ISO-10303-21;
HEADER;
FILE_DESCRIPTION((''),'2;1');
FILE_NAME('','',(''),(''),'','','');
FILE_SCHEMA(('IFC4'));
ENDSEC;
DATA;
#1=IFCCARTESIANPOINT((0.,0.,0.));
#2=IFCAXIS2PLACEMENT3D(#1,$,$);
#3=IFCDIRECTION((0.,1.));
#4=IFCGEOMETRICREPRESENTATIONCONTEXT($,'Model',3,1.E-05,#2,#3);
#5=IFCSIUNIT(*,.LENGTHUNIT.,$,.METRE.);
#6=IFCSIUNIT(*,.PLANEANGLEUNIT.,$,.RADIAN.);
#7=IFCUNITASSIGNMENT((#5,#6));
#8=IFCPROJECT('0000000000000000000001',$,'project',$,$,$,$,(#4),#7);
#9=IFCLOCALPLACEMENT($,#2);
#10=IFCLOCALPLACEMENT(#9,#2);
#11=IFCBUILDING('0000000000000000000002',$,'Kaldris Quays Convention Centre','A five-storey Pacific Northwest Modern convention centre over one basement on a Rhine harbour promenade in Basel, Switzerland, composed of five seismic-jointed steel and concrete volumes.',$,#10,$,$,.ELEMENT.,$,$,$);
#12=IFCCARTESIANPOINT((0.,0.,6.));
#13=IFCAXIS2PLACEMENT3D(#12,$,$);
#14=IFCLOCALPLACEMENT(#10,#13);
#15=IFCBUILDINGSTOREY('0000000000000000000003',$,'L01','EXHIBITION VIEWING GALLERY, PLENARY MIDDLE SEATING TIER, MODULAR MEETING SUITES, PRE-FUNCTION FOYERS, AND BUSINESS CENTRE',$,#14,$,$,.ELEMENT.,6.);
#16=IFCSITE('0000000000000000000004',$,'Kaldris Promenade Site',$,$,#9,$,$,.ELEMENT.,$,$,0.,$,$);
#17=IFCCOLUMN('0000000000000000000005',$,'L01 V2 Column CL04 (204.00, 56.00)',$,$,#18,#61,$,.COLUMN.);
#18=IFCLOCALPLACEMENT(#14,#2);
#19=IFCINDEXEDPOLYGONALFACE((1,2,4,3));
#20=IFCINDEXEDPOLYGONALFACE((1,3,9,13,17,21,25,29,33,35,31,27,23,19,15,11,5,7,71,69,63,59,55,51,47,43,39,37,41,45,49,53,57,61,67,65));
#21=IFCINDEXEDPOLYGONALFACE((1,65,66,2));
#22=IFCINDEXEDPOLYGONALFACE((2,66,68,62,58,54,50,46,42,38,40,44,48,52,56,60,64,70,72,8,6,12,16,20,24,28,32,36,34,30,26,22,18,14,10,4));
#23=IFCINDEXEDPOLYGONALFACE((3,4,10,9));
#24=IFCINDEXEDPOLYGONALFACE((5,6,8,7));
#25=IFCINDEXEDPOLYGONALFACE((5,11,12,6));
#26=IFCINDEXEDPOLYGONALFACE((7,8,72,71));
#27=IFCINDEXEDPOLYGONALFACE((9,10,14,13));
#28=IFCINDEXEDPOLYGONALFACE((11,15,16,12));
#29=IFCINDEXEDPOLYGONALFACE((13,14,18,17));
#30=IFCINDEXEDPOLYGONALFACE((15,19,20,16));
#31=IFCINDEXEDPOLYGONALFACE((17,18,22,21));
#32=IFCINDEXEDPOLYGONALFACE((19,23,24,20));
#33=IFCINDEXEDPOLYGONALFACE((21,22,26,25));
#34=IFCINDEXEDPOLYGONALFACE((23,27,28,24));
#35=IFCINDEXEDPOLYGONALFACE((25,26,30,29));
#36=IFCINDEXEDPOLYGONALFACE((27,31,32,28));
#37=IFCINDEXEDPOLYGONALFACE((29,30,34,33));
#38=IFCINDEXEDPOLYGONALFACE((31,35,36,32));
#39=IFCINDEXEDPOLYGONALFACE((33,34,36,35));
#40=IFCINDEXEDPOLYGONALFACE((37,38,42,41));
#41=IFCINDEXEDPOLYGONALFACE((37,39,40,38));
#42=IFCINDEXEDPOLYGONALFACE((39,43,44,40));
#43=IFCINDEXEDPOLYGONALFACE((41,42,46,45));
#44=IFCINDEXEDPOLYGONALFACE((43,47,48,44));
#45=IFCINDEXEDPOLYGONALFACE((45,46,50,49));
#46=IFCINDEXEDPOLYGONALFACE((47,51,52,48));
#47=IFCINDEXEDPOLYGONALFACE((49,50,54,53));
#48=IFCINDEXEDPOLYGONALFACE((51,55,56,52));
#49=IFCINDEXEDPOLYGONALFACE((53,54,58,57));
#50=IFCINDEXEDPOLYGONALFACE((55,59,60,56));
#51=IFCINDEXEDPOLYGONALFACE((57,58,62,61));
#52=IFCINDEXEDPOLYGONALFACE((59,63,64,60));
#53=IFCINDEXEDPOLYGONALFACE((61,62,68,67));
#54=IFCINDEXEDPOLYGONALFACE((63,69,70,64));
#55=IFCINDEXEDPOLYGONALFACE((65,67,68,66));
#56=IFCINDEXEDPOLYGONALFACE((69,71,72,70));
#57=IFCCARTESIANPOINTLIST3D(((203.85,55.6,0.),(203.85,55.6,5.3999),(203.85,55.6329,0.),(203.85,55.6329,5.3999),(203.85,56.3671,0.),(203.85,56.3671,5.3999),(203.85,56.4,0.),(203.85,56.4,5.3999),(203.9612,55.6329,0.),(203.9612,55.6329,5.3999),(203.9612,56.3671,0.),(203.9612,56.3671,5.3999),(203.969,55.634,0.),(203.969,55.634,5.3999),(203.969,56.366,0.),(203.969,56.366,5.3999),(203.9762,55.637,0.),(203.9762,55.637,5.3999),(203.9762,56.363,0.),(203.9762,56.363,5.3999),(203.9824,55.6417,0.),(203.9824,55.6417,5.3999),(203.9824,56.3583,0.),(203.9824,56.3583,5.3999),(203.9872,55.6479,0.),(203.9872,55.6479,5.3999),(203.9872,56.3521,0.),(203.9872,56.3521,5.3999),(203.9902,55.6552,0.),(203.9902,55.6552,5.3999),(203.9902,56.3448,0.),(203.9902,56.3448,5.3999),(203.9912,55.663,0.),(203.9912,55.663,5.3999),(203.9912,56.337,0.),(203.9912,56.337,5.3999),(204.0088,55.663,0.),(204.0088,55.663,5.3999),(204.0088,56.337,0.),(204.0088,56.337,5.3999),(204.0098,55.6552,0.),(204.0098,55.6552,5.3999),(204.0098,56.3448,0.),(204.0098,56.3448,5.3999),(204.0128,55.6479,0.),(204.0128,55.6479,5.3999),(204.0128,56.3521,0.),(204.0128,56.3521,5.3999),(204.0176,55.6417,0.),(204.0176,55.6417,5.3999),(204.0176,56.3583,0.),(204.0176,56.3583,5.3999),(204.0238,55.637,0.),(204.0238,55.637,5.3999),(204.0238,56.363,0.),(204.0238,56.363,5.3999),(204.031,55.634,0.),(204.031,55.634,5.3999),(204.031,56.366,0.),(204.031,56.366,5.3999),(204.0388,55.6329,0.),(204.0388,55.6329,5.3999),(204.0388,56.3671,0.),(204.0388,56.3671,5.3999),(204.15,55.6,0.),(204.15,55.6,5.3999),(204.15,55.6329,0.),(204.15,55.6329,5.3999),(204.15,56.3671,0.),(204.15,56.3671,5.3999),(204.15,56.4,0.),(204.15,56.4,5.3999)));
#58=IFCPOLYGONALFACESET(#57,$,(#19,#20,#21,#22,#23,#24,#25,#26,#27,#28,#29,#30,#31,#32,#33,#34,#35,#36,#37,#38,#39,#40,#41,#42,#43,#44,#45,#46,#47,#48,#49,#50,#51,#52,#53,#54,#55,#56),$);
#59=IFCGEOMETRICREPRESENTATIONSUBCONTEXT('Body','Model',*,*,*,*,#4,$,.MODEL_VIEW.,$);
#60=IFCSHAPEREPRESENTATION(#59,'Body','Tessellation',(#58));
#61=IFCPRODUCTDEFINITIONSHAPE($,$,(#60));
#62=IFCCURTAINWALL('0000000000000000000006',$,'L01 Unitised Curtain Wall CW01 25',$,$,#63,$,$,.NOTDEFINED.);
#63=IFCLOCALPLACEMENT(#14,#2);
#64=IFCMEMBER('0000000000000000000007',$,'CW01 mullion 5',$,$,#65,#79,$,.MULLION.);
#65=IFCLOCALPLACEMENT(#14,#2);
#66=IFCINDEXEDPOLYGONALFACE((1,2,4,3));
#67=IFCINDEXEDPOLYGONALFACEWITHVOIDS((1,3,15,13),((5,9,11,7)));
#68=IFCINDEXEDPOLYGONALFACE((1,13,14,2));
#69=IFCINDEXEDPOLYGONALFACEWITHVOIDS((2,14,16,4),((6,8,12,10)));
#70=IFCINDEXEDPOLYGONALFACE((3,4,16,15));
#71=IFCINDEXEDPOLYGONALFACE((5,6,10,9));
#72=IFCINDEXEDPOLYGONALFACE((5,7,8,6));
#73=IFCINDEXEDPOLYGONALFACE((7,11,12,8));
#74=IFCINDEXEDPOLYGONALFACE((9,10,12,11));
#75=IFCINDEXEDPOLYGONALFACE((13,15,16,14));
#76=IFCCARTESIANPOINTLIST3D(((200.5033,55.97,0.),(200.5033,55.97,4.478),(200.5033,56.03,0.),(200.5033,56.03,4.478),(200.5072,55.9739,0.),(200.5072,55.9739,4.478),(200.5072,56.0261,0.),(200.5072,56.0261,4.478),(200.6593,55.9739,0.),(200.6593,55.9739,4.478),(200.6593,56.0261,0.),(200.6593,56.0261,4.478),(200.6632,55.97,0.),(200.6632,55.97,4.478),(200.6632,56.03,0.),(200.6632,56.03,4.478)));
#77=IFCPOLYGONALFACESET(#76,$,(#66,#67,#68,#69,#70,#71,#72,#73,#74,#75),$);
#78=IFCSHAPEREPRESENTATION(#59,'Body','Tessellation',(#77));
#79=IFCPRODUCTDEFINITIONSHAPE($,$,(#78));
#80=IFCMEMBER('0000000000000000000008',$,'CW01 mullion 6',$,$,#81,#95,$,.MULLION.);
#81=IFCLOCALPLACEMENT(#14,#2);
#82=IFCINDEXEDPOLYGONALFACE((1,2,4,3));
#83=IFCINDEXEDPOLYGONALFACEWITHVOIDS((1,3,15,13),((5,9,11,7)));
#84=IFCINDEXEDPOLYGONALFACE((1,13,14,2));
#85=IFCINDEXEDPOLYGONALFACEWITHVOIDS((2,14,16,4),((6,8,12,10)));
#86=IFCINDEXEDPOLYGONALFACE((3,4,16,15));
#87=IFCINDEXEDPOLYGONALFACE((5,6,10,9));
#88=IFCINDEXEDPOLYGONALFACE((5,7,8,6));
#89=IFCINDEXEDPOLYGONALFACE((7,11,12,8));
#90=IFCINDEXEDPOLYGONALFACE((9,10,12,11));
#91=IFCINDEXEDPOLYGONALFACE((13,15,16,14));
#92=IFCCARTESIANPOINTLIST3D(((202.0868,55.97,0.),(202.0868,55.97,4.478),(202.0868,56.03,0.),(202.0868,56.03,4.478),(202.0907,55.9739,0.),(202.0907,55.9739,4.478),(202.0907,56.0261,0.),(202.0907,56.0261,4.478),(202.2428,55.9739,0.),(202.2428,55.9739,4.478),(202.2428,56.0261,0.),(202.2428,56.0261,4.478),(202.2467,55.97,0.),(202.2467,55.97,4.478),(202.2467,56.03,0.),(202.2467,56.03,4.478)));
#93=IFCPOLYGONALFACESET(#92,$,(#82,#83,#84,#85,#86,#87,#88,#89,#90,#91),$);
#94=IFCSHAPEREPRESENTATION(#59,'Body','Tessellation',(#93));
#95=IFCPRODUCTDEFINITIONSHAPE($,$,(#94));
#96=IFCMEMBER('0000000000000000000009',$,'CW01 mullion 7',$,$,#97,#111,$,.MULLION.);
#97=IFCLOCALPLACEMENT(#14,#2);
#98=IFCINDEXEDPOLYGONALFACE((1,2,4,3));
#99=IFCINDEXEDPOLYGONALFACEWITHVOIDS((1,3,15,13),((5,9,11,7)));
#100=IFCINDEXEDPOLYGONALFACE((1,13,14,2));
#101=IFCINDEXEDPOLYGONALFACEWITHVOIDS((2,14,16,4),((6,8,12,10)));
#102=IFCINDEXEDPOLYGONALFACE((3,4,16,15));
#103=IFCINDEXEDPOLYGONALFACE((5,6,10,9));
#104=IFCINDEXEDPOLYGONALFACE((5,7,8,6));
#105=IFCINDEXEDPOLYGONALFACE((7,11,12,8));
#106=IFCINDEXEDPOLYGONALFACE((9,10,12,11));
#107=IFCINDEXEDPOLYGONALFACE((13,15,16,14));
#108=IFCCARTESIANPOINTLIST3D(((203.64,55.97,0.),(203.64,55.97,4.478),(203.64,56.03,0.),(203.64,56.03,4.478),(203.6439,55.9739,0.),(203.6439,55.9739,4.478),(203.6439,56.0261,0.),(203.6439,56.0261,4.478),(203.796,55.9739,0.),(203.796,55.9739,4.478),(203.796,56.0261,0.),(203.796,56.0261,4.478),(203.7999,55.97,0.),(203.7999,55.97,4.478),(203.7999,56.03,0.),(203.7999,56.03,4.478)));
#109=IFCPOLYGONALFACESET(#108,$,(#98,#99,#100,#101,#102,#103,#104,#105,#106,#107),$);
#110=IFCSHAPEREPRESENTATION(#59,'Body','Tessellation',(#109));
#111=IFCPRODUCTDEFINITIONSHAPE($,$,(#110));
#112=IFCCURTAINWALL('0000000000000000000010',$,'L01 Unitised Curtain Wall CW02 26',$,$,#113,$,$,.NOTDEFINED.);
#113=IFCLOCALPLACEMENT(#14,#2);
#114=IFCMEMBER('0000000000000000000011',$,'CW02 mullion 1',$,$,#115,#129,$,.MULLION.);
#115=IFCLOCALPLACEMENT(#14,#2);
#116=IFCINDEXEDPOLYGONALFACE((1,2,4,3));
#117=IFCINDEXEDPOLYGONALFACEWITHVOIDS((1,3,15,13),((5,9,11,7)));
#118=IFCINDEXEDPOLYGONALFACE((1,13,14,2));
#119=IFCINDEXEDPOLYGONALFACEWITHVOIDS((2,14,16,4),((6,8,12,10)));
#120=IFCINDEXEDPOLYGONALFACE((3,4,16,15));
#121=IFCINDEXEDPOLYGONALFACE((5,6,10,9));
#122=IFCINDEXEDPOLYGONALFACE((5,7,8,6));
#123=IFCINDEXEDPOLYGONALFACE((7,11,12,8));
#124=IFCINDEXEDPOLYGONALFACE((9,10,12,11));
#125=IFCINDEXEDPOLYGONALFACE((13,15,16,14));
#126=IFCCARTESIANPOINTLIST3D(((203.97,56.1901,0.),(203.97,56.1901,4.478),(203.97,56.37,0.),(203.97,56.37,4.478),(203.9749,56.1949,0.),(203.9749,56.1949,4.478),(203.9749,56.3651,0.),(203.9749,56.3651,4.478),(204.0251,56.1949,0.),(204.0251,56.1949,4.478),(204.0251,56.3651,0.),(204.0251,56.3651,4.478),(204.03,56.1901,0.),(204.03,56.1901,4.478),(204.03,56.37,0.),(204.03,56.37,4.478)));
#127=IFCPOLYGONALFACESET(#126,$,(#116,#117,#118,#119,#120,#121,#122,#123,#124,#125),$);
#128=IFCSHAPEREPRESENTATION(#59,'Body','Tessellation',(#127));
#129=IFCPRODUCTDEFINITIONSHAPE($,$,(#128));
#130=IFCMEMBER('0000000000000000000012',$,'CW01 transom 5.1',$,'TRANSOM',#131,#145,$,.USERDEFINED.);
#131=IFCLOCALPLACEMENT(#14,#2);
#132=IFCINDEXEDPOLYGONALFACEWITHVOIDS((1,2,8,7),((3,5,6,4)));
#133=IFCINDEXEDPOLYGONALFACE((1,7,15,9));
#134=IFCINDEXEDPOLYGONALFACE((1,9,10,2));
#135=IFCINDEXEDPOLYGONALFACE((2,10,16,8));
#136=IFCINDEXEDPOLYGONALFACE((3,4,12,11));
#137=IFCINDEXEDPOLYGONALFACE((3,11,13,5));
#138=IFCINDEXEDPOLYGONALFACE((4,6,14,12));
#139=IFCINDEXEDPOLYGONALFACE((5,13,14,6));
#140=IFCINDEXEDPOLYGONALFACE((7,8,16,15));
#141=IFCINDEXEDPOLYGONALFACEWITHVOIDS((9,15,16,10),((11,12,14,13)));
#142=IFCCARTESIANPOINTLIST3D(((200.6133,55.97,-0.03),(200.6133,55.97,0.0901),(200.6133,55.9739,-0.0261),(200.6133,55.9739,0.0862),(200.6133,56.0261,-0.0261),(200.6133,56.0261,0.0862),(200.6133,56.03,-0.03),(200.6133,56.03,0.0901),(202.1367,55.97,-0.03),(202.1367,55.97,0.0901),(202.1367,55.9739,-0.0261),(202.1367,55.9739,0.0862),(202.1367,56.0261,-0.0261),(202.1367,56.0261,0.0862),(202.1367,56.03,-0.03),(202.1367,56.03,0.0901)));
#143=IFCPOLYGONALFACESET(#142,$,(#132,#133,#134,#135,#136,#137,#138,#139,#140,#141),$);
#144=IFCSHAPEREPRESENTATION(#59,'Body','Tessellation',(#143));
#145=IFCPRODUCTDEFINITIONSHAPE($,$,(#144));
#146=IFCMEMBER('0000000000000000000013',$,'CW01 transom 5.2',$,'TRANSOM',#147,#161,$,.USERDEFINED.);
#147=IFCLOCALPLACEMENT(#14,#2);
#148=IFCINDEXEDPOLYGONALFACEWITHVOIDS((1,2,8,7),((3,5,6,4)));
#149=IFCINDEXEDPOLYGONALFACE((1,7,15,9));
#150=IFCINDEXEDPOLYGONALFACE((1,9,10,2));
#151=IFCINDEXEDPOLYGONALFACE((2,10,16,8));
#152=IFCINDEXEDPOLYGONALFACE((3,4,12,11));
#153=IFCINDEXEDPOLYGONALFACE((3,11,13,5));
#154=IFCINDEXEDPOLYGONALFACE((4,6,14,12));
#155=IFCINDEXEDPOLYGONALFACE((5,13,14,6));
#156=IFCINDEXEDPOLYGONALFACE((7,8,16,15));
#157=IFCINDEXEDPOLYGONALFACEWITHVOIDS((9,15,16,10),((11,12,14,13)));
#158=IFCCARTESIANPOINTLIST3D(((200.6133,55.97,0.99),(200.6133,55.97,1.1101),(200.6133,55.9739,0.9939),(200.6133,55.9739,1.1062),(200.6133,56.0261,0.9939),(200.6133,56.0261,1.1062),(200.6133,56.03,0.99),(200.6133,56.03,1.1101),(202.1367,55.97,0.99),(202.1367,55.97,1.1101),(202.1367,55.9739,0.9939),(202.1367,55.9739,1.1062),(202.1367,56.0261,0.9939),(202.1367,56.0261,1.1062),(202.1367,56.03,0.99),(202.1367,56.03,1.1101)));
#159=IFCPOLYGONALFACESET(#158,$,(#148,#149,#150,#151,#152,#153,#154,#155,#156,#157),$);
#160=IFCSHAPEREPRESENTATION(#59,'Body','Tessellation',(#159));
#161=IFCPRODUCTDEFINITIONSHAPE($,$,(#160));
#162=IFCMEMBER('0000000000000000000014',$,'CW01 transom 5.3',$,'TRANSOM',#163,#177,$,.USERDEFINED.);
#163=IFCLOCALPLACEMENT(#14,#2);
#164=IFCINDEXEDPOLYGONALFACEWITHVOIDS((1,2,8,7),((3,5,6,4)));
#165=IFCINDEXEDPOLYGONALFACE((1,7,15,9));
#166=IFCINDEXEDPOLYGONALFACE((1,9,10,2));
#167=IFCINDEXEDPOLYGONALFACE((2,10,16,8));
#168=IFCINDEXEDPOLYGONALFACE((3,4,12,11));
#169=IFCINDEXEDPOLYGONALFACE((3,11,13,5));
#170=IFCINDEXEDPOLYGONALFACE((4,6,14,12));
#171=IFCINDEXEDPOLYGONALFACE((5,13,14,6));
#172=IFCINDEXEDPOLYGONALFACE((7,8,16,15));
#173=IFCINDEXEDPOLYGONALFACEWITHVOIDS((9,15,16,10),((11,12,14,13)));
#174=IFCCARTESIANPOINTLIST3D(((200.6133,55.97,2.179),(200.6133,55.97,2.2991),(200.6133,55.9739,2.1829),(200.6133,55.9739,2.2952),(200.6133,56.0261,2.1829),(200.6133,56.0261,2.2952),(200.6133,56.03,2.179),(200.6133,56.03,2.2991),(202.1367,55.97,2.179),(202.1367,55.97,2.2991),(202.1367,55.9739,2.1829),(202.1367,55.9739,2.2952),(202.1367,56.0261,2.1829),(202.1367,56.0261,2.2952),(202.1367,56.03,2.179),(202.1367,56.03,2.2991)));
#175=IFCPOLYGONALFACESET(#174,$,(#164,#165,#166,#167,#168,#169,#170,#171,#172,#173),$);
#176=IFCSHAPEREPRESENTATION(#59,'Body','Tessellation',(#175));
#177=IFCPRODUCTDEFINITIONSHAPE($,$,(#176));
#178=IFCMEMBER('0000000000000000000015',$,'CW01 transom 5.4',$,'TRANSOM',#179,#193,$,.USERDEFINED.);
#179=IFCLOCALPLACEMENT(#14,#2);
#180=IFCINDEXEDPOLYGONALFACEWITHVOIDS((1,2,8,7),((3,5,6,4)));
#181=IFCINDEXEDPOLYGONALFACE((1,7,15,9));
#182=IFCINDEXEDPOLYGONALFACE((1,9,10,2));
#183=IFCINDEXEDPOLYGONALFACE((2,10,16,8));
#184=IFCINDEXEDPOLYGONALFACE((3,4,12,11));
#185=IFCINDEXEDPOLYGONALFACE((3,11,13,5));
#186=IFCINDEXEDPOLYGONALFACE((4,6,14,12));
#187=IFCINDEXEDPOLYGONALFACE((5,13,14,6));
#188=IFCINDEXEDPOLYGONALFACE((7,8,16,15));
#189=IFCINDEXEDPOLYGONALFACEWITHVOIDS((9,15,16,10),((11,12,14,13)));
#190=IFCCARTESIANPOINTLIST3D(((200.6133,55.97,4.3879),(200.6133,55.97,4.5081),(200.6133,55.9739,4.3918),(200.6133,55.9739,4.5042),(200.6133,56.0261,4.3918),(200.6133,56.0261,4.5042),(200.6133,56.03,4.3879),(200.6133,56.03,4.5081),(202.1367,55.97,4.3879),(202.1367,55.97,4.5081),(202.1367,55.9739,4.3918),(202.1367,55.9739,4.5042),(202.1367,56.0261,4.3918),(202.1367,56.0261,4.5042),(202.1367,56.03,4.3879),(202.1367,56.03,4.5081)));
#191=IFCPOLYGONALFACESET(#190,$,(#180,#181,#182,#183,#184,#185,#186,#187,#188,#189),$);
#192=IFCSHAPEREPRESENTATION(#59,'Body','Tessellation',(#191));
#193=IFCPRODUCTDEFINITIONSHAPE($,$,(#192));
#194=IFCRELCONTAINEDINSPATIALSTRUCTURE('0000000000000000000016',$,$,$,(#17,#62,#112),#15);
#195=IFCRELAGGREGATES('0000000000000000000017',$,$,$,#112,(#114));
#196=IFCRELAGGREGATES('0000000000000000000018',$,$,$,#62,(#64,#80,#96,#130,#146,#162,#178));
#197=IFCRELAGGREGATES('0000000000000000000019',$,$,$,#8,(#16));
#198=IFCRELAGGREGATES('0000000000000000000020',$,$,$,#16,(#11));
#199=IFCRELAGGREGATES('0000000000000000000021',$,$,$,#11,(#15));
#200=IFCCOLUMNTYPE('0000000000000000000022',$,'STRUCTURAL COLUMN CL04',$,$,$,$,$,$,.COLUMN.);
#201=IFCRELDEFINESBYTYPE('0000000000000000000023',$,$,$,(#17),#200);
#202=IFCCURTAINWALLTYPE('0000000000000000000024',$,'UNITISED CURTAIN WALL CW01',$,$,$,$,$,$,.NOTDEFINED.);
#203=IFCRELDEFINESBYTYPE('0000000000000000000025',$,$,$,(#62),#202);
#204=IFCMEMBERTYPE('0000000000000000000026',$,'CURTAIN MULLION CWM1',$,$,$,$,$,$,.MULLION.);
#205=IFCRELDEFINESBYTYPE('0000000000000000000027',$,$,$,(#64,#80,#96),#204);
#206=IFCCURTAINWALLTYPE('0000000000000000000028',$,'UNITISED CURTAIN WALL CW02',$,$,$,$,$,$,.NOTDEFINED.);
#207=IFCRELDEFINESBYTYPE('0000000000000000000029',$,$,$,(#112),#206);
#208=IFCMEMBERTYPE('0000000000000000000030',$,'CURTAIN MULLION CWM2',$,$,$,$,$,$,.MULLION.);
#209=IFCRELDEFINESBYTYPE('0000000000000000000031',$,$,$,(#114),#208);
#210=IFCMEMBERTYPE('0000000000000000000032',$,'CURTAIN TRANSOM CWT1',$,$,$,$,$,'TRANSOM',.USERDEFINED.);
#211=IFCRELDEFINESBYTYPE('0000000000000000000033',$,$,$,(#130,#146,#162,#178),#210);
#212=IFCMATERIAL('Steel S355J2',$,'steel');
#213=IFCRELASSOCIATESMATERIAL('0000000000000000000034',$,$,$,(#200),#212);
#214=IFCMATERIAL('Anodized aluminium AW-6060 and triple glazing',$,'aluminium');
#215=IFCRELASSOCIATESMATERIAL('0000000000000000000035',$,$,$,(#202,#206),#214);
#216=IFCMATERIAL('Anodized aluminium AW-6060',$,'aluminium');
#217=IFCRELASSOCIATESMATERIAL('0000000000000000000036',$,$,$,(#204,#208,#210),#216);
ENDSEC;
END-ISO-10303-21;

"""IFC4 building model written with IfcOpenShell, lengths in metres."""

from ifc_helpers import new_model, si_unit, direction, frame, origin, origin_2d, place, context, subcontext, project, spatial, hollow_rectangle, i_section, extrude, material, material_profile, profile_set, type_object, element, aggregate, save


model = new_model("IFC4")

# Units and contexts
model_context = context("Model", 3, precision=1e-05, world=origin(), true_north=direction((0.0, 1.0)))
body_context = subcontext(model_context, "Body", "Model", "MODEL_VIEW")
ifc_project = project(units=[si_unit("LENGTHUNIT", "METRE"), si_unit("PLANEANGLEUNIT", "RADIAN")], contexts=[model_context])

# Site, building, storey
site_placement = place(None, origin())
site = spatial("IfcSite", under=ifc_project, at=site_placement, Name="Kaldris Promenade Site", CompositionType="ELEMENT", RefElevation=0.0)
building_placement = place(site_placement, origin())
building = spatial("IfcBuilding", under=site, at=building_placement, Name="Kaldris Quays Convention Centre", Description="A five-storey Pacific Northwest Modern convention centre over one basement on a Rhine harbour promenade in Basel, Switzerland, composed of five seismic-jointed steel and concrete volumes.", CompositionType="ELEMENT")
storey_placement = place(building_placement, frame((0.0, 0.0, 6.0)))
storey = spatial("IfcBuildingStorey", under=building, at=storey_placement, Name="L01", Description="EXHIBITION VIEWING GALLERY, PLENARY MIDDLE SEATING TIER, MODULAR MEETING SUITES, PRE-FUNCTION FOYERS, AND BUSINESS CENTRE", CompositionType="ELEMENT", Elevation=6.0)

# Column
ifc_material_1 = material(Name="Steel S355J2", Category="steel")
ifc_material_profile_1 = material_profile(ifc_material_1, i_section(OverallWidth=0.3, OverallDepth=0.8, WebThickness=0.0176, FlangeThickness=0.033, FilletRadius=0.03, at=origin_2d()), Name="HEB 800")
ifc_profile_set_1 = profile_set([ifc_material_profile_1], Name="Steel S355J2")
column_type = type_object("IfcColumnType", Name="STRUCTURAL COLUMN CL04", PredefinedType="COLUMN", material=ifc_profile_set_1)
column_placement = place(storey_placement, frame((204.0, 56.0, 0.0), z_axis=(0.0, 0.0, 1.0), x_axis=(1.0, 0.0, 0.0)))
element("IfcColumn", 1, at=column_placement, inside=storey, type_object=column_type, Name="L01 V2 Column CL04 (204.00, 56.00)", PredefinedType="COLUMN", context=body_context, shape_type="SweptSolid", body=[
    extrude(i_section(OverallWidth=0.3, OverallDepth=0.8, WebThickness=0.0176, FlangeThickness=0.033, FilletRadius=0.03, at=origin_2d()), origin(), (0.0, 0.0, 1.0), 5.3999),
])

# Curtain wall, members
ifc_material_2 = material(Name="Anodized aluminium AW-6060 and triple glazing", Category="aluminium")
curtain_wall_type_1 = type_object("IfcCurtainWallType", Name="UNITISED CURTAIN WALL CW01", PredefinedType="NOTDEFINED", material=ifc_material_2)
curtain_wall_1_placement = place(storey_placement, origin())
curtain_wall_1 = element("IfcCurtainWall", 2, at=curtain_wall_1_placement, inside=storey, type_object=curtain_wall_type_1, Name="L01 Unitised Curtain Wall CW01 25", PredefinedType="NOTDEFINED")
ifc_material_3 = material(Name="Anodized aluminium AW-6060", Category="aluminium")
ifc_material_profile_2 = material_profile(ifc_material_3, hollow_rectangle(XDim=0.0601, YDim=0.1599, WallThickness=0.0039, at=origin_2d()), Name="RHS 160x60x4")
ifc_profile_set_2 = profile_set([ifc_material_profile_2], Name="Anodized aluminium AW-6060")
member_type_1 = type_object("IfcMemberType", Name="CURTAIN MULLION CWM1", PredefinedType="MULLION", material=ifc_profile_set_2)
member_1_placement = place(storey_placement, frame((200.5833, 56.0, 0.0), z_axis=(0.0, 0.0, 1.0), x_axis=(0.0, 1.0, 0.0)))
member_1 = element("IfcMember", 3, at=member_1_placement, type_object=member_type_1, Name="CW01 mullion 5", PredefinedType="MULLION", context=body_context, shape_type="SweptSolid", body=[
    extrude(hollow_rectangle(XDim=0.0601, YDim=0.1599, WallThickness=0.0039, at=origin_2d()), origin(), (0.0, 0.0, 1.0), 4.478),
])
member_2_placement = place(storey_placement, frame((202.1667, 56.0, 0.0), z_axis=(0.0, 0.0, 1.0), x_axis=(0.0, 1.0, 0.0)))
member_2 = element("IfcMember", 4, at=member_2_placement, type_object=member_type_1, Name="CW01 mullion 6", PredefinedType="MULLION", context=body_context, shape_type="SweptSolid", body=[
    extrude(hollow_rectangle(XDim=0.0601, YDim=0.1599, WallThickness=0.0039, at=origin_2d()), origin(), (0.0, 0.0, 1.0), 4.478),
])
member_3_placement = place(storey_placement, frame((203.72, 56.0, 0.0), z_axis=(0.0, 0.0, 1.0), x_axis=(0.0, 1.0, 0.0)))
member_3 = element("IfcMember", 5, at=member_3_placement, type_object=member_type_1, Name="CW01 mullion 7", PredefinedType="MULLION", context=body_context, shape_type="SweptSolid", body=[
    extrude(hollow_rectangle(XDim=0.0601, YDim=0.1599, WallThickness=0.0039, at=origin_2d()), origin(), (0.0, 0.0, 1.0), 4.478),
])

# Curtain wall, member
curtain_wall_type_2 = type_object("IfcCurtainWallType", Name="UNITISED CURTAIN WALL CW02", PredefinedType="NOTDEFINED", material=ifc_material_2)
curtain_wall_2_placement = place(storey_placement, origin())
curtain_wall_2 = element("IfcCurtainWall", 6, at=curtain_wall_2_placement, inside=storey, type_object=curtain_wall_type_2, Name="L01 Unitised Curtain Wall CW02 26", PredefinedType="NOTDEFINED")
ifc_material_profile_3 = material_profile(ifc_material_3, hollow_rectangle(XDim=0.0601, YDim=0.1799, WallThickness=0.0049, at=origin_2d()), Name="RHS 180x60x5")
ifc_profile_set_3 = profile_set([ifc_material_profile_3], Name="Anodized aluminium AW-6060")
member_type_2 = type_object("IfcMemberType", Name="CURTAIN MULLION CWM2", PredefinedType="MULLION", material=ifc_profile_set_3)
member_4_placement = place(storey_placement, frame((204.0, 56.28, 0.0), z_axis=(0.0, 0.0, 1.0), x_axis=(-1.0, 0.0, 0.0)))
member_4 = element("IfcMember", 7, at=member_4_placement, type_object=member_type_2, Name="CW02 mullion 1", PredefinedType="MULLION", context=body_context, shape_type="SweptSolid", body=[
    extrude(hollow_rectangle(XDim=0.0601, YDim=0.1799, WallThickness=0.0049, at=origin_2d()), origin(), (0.0, 0.0, 1.0), 4.478),
])

# Members
ifc_material_profile_4 = material_profile(ifc_material_3, hollow_rectangle(XDim=0.0601, YDim=0.1201, WallThickness=0.0039, at=origin_2d()), Name="RHS 120x60x4")
ifc_profile_set_4 = profile_set([ifc_material_profile_4], Name="Anodized aluminium AW-6060")
member_type_3 = type_object("IfcMemberType", Name="CURTAIN TRANSOM CWT1", ElementType="TRANSOM", PredefinedType="USERDEFINED", material=ifc_profile_set_4)
member_5_placement = place(storey_placement, frame((200.6133, 56.0, 0.03), z_axis=(1.0, 0.0, 0.0), x_axis=(0.0, 1.0, 0.0)))
member_5 = element("IfcMember", 8, at=member_5_placement, type_object=member_type_3, Name="CW01 transom 5.1", ObjectType="TRANSOM", PredefinedType="USERDEFINED", context=body_context, shape_type="SweptSolid", body=[
    extrude(hollow_rectangle(XDim=0.0601, YDim=0.1201, WallThickness=0.0039, at=origin_2d()), origin(), (0.0, 0.0, 1.0), 1.5234),
])
member_6_placement = place(storey_placement, frame((200.6133, 56.0, 1.05), z_axis=(1.0, 0.0, 0.0), x_axis=(0.0, 1.0, 0.0)))
member_6 = element("IfcMember", 9, at=member_6_placement, type_object=member_type_3, Name="CW01 transom 5.2", ObjectType="TRANSOM", PredefinedType="USERDEFINED", context=body_context, shape_type="SweptSolid", body=[
    extrude(hollow_rectangle(XDim=0.0601, YDim=0.1201, WallThickness=0.0039, at=origin_2d()), origin(), (0.0, 0.0, 1.0), 1.5234),
])
member_7_placement = place(storey_placement, frame((200.6133, 56.0, 2.239), z_axis=(1.0, 0.0, 0.0), x_axis=(0.0, 1.0, 0.0)))
member_7 = element("IfcMember", 10, at=member_7_placement, type_object=member_type_3, Name="CW01 transom 5.3", ObjectType="TRANSOM", PredefinedType="USERDEFINED", context=body_context, shape_type="SweptSolid", body=[
    extrude(hollow_rectangle(XDim=0.0601, YDim=0.1201, WallThickness=0.0039, at=origin_2d()), origin(), (0.0, 0.0, 1.0), 1.5234),
])
member_8_placement = place(storey_placement, frame((200.6133, 56.0, 4.448), z_axis=(1.0, 0.0, 0.0), x_axis=(0.0, 1.0, 0.0)))
member_8 = element("IfcMember", 11, at=member_8_placement, type_object=member_type_3, Name="CW01 transom 5.4", ObjectType="TRANSOM", PredefinedType="USERDEFINED", context=body_context, shape_type="SweptSolid", body=[
    extrude(hollow_rectangle(XDim=0.0601, YDim=0.1201, WallThickness=0.0039, at=origin_2d()), origin(), (0.0, 0.0, 1.0), 1.5234),
])
aggregate(curtain_wall_2, [member_4])

aggregate(curtain_wall_1, [member_1, member_2, member_3, member_5, member_6, member_7, member_8])

save(model, "model.ifc")
